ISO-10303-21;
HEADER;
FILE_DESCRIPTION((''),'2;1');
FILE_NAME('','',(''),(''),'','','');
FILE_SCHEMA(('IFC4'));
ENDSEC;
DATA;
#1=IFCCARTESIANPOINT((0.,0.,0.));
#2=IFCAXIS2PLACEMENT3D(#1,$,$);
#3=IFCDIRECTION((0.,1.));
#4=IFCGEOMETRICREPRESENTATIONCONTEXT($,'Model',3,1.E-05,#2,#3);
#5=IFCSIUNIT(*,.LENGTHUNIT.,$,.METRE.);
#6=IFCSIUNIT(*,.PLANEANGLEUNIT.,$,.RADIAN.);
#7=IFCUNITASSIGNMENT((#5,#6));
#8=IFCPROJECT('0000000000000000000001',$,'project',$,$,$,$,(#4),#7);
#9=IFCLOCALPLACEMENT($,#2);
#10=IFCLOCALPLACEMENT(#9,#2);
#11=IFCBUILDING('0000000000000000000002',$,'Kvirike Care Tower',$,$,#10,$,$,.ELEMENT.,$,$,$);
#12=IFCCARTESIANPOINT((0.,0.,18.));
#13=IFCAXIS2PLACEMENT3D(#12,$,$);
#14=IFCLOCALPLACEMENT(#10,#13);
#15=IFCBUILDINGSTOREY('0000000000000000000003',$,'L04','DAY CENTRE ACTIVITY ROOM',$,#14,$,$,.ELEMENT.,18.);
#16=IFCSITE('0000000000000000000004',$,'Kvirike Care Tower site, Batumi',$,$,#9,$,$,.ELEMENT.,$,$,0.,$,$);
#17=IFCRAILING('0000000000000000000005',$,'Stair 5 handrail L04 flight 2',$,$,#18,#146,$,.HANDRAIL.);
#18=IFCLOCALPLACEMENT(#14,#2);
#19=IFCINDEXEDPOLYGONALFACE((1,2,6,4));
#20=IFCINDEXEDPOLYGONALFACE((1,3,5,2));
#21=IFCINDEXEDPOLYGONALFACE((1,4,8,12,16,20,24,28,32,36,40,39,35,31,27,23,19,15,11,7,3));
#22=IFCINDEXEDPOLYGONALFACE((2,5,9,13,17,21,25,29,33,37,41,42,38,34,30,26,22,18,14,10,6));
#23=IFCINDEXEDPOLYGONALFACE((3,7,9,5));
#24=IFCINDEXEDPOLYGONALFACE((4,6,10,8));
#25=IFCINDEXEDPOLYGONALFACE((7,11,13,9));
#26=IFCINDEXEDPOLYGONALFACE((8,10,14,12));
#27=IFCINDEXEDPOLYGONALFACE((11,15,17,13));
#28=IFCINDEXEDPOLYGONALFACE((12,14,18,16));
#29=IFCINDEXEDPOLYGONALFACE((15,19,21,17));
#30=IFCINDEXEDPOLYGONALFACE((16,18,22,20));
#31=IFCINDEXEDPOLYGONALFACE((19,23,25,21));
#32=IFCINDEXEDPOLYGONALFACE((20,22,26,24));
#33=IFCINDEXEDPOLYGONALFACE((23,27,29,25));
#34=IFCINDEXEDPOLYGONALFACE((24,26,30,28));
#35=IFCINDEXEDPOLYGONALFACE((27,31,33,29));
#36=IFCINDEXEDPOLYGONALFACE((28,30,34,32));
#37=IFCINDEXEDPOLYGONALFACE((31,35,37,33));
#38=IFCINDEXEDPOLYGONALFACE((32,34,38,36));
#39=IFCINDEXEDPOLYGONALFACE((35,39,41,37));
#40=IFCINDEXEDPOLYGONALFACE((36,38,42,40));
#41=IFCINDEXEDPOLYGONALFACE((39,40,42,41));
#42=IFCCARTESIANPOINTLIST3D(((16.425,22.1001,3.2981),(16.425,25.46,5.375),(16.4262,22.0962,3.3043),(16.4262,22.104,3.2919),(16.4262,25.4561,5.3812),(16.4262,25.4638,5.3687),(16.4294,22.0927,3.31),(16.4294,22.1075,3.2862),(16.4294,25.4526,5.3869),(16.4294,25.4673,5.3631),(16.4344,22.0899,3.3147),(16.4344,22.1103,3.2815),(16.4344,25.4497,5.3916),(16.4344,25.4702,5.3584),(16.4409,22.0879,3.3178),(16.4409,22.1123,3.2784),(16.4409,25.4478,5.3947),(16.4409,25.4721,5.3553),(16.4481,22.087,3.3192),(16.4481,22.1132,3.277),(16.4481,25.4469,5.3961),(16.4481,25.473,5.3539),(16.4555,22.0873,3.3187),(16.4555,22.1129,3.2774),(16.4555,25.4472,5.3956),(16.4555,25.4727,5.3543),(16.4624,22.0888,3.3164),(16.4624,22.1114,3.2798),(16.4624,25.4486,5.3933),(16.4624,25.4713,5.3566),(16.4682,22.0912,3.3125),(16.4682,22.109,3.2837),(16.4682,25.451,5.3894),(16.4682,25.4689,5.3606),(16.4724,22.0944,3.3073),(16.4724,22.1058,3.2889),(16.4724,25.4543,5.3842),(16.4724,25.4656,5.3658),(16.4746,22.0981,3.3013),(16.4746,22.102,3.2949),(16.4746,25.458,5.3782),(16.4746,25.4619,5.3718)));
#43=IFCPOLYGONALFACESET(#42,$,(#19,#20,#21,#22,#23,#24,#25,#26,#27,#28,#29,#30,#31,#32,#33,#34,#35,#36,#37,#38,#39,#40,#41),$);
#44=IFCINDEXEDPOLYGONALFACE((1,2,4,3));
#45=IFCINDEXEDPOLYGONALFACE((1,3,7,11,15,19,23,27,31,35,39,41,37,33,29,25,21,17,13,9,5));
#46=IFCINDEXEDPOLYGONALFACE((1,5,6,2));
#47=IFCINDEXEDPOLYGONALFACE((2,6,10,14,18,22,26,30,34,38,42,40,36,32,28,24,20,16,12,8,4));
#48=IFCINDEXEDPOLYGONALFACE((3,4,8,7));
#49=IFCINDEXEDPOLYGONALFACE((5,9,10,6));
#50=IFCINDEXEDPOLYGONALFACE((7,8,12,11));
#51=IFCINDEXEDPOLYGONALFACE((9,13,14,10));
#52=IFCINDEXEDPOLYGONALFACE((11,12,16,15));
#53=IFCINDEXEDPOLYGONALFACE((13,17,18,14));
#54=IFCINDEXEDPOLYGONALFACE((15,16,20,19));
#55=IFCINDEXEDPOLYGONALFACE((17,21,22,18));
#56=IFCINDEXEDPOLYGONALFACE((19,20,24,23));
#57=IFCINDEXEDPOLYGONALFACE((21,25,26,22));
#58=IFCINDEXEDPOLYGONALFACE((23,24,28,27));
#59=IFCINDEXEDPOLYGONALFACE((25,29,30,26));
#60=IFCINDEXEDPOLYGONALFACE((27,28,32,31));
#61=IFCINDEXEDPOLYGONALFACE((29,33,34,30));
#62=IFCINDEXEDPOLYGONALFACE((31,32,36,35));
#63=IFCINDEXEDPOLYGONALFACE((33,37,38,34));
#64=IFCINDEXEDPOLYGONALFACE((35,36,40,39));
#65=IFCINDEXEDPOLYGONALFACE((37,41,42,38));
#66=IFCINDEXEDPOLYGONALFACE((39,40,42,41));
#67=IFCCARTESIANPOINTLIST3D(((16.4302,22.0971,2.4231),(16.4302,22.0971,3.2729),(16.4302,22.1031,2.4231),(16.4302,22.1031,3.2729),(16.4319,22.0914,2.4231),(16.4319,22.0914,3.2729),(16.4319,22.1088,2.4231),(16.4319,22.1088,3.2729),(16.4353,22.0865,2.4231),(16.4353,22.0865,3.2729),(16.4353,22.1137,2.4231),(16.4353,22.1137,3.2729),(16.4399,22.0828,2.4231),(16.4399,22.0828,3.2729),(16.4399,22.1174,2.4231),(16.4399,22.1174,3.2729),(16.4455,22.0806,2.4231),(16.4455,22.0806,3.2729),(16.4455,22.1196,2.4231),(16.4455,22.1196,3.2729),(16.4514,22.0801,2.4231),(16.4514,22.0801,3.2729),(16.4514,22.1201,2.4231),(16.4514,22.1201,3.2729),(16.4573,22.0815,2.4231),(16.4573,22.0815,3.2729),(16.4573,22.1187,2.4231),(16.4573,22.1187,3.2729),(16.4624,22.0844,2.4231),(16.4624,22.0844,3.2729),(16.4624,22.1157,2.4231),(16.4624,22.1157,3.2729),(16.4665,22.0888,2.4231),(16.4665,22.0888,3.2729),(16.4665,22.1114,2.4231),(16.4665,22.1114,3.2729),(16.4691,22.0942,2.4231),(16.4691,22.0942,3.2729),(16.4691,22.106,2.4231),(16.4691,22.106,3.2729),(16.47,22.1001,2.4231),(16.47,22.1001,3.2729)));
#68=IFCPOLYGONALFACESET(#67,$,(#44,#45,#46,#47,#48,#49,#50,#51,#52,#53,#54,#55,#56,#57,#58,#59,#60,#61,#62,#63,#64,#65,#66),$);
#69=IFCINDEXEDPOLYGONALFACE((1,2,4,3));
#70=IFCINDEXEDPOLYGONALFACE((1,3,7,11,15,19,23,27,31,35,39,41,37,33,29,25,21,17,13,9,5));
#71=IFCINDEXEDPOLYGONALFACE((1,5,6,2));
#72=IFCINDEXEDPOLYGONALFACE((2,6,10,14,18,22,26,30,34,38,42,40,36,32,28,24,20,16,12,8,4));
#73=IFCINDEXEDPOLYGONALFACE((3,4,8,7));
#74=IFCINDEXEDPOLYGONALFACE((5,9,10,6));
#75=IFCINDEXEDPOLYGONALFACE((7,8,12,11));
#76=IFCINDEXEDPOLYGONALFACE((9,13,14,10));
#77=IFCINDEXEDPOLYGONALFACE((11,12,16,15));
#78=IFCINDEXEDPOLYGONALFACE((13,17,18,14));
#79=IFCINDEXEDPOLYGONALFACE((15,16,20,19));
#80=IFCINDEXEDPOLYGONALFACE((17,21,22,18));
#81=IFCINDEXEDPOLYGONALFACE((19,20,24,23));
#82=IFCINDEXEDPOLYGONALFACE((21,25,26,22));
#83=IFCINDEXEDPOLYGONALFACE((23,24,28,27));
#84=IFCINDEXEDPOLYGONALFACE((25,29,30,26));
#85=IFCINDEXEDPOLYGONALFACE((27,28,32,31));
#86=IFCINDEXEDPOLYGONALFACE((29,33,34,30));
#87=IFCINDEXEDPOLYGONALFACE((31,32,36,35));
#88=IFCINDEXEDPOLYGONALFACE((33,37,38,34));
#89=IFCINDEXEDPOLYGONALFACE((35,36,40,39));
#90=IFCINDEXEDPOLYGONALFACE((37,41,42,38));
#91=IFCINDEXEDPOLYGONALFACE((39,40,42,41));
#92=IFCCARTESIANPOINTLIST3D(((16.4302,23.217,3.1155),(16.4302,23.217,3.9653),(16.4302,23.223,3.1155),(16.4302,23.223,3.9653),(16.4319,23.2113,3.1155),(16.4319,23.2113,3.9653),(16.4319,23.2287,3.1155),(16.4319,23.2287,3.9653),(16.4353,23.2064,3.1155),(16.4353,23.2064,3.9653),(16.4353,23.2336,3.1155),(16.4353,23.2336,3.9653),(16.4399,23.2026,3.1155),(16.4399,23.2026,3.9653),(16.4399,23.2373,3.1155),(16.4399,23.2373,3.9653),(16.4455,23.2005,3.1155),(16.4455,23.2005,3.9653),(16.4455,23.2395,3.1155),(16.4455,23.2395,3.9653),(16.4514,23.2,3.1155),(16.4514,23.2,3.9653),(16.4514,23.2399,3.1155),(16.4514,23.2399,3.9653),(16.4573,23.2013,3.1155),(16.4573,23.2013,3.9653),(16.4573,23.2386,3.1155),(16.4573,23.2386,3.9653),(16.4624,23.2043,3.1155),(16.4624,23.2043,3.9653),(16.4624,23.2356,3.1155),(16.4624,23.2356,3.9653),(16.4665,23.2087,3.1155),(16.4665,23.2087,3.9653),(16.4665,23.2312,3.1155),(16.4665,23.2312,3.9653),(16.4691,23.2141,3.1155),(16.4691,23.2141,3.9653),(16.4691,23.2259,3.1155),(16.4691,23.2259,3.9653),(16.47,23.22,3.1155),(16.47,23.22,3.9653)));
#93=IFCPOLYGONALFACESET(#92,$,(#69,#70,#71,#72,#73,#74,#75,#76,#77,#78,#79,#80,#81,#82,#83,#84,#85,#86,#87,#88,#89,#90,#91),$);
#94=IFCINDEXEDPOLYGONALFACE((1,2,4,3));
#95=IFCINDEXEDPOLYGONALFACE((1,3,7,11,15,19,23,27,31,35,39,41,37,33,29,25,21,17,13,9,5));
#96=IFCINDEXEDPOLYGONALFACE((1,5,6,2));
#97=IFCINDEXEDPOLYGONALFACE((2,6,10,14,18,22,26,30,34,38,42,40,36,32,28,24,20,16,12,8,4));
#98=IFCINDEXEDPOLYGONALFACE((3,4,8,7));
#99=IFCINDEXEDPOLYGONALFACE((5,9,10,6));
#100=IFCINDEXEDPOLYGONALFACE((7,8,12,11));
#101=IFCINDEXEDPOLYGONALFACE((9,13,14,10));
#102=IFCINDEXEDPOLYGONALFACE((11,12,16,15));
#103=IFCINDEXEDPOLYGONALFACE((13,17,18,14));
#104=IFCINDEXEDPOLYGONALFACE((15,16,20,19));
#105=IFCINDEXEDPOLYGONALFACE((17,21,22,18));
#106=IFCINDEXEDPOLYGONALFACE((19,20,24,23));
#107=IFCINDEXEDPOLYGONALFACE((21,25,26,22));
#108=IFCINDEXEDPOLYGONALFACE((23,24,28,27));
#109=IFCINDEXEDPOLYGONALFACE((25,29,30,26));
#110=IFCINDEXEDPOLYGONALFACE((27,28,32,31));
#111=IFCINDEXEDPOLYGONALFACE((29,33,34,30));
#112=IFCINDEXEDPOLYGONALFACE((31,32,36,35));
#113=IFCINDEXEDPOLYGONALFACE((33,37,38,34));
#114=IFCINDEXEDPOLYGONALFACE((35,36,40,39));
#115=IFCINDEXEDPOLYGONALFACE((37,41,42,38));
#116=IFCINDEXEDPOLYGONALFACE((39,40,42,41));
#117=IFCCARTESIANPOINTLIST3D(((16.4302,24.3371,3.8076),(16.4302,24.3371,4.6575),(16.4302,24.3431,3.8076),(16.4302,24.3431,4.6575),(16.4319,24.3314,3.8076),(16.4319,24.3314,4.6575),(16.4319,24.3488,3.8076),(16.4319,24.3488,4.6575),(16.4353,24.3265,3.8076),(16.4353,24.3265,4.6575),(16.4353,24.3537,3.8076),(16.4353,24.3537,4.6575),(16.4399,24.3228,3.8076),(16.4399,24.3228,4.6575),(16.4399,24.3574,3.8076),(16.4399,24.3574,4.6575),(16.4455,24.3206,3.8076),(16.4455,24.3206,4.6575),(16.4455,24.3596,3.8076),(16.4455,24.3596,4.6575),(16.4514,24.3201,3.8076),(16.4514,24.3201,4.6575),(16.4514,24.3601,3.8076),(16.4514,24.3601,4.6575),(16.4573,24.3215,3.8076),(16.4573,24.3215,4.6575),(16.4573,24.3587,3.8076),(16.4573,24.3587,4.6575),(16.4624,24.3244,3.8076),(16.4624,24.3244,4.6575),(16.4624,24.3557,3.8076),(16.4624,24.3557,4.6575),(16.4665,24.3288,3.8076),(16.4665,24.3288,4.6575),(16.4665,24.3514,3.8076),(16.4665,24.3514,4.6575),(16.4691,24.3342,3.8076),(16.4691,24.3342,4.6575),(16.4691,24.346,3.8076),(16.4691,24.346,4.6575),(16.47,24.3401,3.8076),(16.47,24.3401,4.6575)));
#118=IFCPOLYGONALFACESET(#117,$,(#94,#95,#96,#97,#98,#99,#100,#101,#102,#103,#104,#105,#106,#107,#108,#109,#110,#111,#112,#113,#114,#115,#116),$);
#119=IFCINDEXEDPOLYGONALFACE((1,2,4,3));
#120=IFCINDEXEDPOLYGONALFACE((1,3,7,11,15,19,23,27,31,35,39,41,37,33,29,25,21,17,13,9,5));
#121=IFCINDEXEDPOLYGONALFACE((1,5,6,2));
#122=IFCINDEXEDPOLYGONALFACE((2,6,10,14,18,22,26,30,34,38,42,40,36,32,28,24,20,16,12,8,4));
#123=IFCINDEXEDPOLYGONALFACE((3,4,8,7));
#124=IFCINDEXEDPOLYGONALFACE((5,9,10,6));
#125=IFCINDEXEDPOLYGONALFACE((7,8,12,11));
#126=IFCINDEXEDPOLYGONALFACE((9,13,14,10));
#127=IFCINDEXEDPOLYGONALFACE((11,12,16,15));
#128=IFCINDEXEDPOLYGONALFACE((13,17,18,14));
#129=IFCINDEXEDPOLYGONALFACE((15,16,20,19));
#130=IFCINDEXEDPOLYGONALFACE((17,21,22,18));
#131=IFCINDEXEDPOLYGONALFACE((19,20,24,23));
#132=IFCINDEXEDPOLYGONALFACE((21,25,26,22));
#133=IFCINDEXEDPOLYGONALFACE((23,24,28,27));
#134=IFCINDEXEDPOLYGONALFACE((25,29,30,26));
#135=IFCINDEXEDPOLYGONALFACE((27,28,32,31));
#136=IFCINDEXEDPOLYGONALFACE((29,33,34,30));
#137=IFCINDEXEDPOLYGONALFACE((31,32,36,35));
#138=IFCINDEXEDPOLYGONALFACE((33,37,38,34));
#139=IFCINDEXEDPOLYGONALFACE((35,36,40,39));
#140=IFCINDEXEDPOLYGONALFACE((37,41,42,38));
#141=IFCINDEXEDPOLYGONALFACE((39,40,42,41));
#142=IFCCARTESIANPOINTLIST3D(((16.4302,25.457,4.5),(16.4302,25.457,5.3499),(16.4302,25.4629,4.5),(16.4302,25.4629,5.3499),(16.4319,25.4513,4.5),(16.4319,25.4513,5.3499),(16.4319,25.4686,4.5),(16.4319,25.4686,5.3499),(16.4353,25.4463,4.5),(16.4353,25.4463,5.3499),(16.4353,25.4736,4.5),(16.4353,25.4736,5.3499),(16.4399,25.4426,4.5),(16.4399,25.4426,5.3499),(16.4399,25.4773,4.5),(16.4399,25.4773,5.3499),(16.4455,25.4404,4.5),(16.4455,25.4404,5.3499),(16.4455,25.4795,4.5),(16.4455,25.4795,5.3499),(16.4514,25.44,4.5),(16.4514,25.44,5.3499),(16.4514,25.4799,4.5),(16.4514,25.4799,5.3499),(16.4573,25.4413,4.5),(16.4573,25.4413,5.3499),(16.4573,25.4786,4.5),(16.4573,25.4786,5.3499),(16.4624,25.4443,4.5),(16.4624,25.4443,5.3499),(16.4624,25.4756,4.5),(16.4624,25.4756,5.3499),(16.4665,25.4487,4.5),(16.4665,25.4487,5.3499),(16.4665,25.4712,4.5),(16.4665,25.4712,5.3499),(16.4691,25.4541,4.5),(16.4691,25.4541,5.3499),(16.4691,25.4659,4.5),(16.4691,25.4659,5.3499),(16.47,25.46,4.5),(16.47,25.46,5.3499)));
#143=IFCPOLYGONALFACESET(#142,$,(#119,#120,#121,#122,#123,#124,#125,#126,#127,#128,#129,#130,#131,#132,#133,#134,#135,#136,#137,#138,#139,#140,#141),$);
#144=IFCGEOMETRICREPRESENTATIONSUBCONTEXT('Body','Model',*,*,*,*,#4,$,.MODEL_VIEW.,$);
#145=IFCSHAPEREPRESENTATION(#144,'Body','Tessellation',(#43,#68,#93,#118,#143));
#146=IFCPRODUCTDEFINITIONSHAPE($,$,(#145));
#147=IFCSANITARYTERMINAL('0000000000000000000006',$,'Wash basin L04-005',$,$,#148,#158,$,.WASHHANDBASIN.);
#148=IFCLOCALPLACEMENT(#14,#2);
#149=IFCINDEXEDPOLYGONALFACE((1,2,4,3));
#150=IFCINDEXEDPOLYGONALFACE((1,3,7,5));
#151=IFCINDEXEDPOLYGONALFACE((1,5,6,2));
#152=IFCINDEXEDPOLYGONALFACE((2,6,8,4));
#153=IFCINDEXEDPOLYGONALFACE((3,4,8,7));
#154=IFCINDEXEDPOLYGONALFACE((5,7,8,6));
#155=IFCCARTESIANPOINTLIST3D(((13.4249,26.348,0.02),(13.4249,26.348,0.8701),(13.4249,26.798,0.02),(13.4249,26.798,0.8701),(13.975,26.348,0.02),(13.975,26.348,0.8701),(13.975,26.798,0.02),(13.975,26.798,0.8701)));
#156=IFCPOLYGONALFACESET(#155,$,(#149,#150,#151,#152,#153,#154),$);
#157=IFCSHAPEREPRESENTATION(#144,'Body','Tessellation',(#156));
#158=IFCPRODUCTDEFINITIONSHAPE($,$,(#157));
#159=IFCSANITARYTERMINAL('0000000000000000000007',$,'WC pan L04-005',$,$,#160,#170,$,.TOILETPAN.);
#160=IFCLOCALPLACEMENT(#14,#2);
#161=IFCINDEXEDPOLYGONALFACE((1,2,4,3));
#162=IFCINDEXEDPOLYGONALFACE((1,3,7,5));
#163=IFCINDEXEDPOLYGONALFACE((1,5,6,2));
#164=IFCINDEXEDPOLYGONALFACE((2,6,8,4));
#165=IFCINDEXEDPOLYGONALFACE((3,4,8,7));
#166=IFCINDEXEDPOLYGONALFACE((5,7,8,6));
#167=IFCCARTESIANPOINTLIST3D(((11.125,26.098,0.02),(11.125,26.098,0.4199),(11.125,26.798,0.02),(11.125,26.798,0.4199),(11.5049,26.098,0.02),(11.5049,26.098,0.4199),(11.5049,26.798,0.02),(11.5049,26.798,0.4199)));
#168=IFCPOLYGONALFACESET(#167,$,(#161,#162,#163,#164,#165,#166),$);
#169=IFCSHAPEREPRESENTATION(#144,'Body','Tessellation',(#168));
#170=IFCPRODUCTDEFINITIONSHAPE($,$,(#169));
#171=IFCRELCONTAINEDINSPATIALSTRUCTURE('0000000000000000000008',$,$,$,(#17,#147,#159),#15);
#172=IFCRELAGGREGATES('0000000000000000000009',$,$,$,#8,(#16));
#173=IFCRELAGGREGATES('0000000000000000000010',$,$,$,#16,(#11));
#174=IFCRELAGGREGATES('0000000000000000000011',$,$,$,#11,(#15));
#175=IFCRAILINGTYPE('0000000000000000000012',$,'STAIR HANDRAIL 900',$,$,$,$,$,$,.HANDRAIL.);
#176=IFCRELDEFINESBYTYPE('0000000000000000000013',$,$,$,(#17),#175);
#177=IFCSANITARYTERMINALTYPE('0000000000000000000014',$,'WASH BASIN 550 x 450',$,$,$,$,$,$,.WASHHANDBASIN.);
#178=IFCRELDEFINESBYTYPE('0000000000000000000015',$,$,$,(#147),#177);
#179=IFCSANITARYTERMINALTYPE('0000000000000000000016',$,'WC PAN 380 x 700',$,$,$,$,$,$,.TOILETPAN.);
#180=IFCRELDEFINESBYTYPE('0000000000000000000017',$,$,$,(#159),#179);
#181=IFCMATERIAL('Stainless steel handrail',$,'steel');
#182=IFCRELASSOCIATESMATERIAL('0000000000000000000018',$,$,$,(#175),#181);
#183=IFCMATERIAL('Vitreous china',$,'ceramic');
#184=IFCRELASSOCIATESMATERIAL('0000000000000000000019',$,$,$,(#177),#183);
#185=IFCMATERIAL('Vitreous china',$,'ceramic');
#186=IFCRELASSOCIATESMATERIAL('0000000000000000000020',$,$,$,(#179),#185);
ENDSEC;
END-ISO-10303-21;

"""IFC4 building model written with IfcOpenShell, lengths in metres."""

from ifc_helpers import new_model, si_unit, direction, frame, origin, origin_2d, place, context, subcontext, project, spatial, rectangle, circle, extrude, material, type_object, element, save


model = new_model("IFC4")

# Units and contexts
model_context = context("Model", 3, precision=1e-05, world=origin(), true_north=direction((0.0, 1.0)))
body_context = subcontext(model_context, "Body", "Model", "MODEL_VIEW")
ifc_project = project(units=[si_unit("LENGTHUNIT", "METRE"), si_unit("PLANEANGLEUNIT", "RADIAN")], contexts=[model_context])

# Site, building, storey
site_placement = place(None, origin())
site = spatial("IfcSite", under=ifc_project, at=site_placement, Name="Kvirike Care Tower site, Batumi", CompositionType="ELEMENT", RefElevation=0.0)
building_placement = place(site_placement, origin())
building = spatial("IfcBuilding", under=site, at=building_placement, Name="Kvirike Care Tower", CompositionType="ELEMENT")
storey_placement = place(building_placement, frame((0.0, 0.0, 18.0)))
storey = spatial("IfcBuildingStorey", under=building, at=storey_placement, Name="L04", Description="DAY CENTRE ACTIVITY ROOM", CompositionType="ELEMENT", Elevation=18.0)

# Railing
ifc_material_1 = material(Name="Stainless steel handrail", Category="steel")
railing_type = type_object("IfcRailingType", Name="STAIR HANDRAIL 900", PredefinedType="HANDRAIL", material=ifc_material_1)
railing_1_placement = place(storey_placement, frame((16.45, 22.1001, 2.4231)))
element("IfcRailing", 1, at=railing_1_placement, inside=storey, type_object=railing_type, Name="Stair 5 handrail L04 flight 2", PredefinedType="HANDRAIL", context=body_context, shape_type="SweptSolid", body=[
    extrude(circle(Radius=0.0249, at=origin_2d()), frame((0.0, 0.0, 0.875), z_axis=(0.0, 0.850606, 0.525803), x_axis=(-1.0, 0.0, 0.0)), (0.0, 0.0, 1.0), 3.95),
    extrude(circle(Radius=0.02, at=origin_2d()), origin(), (0.0, 0.0, 1.0), 0.8499),
    extrude(circle(Radius=0.02, at=origin_2d()), frame((0.0, 1.1199, 0.6924)), (0.0, 0.0, 1.0), 0.8499),
    extrude(circle(Radius=0.02, at=origin_2d()), frame((0.0, 2.24, 1.3845)), (0.0, 0.0, 1.0), 0.8499),
    extrude(circle(Radius=0.02, at=origin_2d()), frame((0.0, 3.3599, 2.0769)), (0.0, 0.0, 1.0), 0.8499),
])

# Sanitary terminals
ifc_material_2 = material(Name="Vitreous china", Category="ceramic")
sanitary_terminal_type_1 = type_object("IfcSanitaryTerminalType", Name="WASH BASIN 550 x 450", PredefinedType="WASHHANDBASIN", material=ifc_material_2)
sanitary_terminal_1_placement = place(storey_placement, frame((13.7, 26.573, 0.02), z_axis=(0.0, 0.0, 1.0), x_axis=(1.0, 0.0, 0.0)))
element("IfcSanitaryTerminal", 2, at=sanitary_terminal_1_placement, inside=storey, type_object=sanitary_terminal_type_1, Name="Wash basin L04-005", PredefinedType="WASHHANDBASIN", context=body_context, shape_type="SweptSolid", body=[
    extrude(rectangle(XDim=0.55, YDim=0.45, at=origin_2d()), origin(), (0.0, 0.0, 1.0), 0.8501),
])
ifc_material_3 = material(Name="Vitreous china", Category="ceramic")
sanitary_terminal_type_2 = type_object("IfcSanitaryTerminalType", Name="WC PAN 380 x 700", PredefinedType="TOILETPAN", material=ifc_material_3)
sanitary_terminal_2_placement = place(storey_placement, frame((11.3149, 26.448, 0.02), z_axis=(0.0, 0.0, 1.0), x_axis=(1.0, 0.0, 0.0)))
element("IfcSanitaryTerminal", 3, at=sanitary_terminal_2_placement, inside=storey, type_object=sanitary_terminal_type_2, Name="WC pan L04-005", PredefinedType="TOILETPAN", context=body_context, shape_type="SweptSolid", body=[
    extrude(rectangle(XDim=0.3799, YDim=0.7, at=origin_2d()), origin(), (0.0, 0.0, 1.0), 0.3999),
])

save(model, "model.ifc")
